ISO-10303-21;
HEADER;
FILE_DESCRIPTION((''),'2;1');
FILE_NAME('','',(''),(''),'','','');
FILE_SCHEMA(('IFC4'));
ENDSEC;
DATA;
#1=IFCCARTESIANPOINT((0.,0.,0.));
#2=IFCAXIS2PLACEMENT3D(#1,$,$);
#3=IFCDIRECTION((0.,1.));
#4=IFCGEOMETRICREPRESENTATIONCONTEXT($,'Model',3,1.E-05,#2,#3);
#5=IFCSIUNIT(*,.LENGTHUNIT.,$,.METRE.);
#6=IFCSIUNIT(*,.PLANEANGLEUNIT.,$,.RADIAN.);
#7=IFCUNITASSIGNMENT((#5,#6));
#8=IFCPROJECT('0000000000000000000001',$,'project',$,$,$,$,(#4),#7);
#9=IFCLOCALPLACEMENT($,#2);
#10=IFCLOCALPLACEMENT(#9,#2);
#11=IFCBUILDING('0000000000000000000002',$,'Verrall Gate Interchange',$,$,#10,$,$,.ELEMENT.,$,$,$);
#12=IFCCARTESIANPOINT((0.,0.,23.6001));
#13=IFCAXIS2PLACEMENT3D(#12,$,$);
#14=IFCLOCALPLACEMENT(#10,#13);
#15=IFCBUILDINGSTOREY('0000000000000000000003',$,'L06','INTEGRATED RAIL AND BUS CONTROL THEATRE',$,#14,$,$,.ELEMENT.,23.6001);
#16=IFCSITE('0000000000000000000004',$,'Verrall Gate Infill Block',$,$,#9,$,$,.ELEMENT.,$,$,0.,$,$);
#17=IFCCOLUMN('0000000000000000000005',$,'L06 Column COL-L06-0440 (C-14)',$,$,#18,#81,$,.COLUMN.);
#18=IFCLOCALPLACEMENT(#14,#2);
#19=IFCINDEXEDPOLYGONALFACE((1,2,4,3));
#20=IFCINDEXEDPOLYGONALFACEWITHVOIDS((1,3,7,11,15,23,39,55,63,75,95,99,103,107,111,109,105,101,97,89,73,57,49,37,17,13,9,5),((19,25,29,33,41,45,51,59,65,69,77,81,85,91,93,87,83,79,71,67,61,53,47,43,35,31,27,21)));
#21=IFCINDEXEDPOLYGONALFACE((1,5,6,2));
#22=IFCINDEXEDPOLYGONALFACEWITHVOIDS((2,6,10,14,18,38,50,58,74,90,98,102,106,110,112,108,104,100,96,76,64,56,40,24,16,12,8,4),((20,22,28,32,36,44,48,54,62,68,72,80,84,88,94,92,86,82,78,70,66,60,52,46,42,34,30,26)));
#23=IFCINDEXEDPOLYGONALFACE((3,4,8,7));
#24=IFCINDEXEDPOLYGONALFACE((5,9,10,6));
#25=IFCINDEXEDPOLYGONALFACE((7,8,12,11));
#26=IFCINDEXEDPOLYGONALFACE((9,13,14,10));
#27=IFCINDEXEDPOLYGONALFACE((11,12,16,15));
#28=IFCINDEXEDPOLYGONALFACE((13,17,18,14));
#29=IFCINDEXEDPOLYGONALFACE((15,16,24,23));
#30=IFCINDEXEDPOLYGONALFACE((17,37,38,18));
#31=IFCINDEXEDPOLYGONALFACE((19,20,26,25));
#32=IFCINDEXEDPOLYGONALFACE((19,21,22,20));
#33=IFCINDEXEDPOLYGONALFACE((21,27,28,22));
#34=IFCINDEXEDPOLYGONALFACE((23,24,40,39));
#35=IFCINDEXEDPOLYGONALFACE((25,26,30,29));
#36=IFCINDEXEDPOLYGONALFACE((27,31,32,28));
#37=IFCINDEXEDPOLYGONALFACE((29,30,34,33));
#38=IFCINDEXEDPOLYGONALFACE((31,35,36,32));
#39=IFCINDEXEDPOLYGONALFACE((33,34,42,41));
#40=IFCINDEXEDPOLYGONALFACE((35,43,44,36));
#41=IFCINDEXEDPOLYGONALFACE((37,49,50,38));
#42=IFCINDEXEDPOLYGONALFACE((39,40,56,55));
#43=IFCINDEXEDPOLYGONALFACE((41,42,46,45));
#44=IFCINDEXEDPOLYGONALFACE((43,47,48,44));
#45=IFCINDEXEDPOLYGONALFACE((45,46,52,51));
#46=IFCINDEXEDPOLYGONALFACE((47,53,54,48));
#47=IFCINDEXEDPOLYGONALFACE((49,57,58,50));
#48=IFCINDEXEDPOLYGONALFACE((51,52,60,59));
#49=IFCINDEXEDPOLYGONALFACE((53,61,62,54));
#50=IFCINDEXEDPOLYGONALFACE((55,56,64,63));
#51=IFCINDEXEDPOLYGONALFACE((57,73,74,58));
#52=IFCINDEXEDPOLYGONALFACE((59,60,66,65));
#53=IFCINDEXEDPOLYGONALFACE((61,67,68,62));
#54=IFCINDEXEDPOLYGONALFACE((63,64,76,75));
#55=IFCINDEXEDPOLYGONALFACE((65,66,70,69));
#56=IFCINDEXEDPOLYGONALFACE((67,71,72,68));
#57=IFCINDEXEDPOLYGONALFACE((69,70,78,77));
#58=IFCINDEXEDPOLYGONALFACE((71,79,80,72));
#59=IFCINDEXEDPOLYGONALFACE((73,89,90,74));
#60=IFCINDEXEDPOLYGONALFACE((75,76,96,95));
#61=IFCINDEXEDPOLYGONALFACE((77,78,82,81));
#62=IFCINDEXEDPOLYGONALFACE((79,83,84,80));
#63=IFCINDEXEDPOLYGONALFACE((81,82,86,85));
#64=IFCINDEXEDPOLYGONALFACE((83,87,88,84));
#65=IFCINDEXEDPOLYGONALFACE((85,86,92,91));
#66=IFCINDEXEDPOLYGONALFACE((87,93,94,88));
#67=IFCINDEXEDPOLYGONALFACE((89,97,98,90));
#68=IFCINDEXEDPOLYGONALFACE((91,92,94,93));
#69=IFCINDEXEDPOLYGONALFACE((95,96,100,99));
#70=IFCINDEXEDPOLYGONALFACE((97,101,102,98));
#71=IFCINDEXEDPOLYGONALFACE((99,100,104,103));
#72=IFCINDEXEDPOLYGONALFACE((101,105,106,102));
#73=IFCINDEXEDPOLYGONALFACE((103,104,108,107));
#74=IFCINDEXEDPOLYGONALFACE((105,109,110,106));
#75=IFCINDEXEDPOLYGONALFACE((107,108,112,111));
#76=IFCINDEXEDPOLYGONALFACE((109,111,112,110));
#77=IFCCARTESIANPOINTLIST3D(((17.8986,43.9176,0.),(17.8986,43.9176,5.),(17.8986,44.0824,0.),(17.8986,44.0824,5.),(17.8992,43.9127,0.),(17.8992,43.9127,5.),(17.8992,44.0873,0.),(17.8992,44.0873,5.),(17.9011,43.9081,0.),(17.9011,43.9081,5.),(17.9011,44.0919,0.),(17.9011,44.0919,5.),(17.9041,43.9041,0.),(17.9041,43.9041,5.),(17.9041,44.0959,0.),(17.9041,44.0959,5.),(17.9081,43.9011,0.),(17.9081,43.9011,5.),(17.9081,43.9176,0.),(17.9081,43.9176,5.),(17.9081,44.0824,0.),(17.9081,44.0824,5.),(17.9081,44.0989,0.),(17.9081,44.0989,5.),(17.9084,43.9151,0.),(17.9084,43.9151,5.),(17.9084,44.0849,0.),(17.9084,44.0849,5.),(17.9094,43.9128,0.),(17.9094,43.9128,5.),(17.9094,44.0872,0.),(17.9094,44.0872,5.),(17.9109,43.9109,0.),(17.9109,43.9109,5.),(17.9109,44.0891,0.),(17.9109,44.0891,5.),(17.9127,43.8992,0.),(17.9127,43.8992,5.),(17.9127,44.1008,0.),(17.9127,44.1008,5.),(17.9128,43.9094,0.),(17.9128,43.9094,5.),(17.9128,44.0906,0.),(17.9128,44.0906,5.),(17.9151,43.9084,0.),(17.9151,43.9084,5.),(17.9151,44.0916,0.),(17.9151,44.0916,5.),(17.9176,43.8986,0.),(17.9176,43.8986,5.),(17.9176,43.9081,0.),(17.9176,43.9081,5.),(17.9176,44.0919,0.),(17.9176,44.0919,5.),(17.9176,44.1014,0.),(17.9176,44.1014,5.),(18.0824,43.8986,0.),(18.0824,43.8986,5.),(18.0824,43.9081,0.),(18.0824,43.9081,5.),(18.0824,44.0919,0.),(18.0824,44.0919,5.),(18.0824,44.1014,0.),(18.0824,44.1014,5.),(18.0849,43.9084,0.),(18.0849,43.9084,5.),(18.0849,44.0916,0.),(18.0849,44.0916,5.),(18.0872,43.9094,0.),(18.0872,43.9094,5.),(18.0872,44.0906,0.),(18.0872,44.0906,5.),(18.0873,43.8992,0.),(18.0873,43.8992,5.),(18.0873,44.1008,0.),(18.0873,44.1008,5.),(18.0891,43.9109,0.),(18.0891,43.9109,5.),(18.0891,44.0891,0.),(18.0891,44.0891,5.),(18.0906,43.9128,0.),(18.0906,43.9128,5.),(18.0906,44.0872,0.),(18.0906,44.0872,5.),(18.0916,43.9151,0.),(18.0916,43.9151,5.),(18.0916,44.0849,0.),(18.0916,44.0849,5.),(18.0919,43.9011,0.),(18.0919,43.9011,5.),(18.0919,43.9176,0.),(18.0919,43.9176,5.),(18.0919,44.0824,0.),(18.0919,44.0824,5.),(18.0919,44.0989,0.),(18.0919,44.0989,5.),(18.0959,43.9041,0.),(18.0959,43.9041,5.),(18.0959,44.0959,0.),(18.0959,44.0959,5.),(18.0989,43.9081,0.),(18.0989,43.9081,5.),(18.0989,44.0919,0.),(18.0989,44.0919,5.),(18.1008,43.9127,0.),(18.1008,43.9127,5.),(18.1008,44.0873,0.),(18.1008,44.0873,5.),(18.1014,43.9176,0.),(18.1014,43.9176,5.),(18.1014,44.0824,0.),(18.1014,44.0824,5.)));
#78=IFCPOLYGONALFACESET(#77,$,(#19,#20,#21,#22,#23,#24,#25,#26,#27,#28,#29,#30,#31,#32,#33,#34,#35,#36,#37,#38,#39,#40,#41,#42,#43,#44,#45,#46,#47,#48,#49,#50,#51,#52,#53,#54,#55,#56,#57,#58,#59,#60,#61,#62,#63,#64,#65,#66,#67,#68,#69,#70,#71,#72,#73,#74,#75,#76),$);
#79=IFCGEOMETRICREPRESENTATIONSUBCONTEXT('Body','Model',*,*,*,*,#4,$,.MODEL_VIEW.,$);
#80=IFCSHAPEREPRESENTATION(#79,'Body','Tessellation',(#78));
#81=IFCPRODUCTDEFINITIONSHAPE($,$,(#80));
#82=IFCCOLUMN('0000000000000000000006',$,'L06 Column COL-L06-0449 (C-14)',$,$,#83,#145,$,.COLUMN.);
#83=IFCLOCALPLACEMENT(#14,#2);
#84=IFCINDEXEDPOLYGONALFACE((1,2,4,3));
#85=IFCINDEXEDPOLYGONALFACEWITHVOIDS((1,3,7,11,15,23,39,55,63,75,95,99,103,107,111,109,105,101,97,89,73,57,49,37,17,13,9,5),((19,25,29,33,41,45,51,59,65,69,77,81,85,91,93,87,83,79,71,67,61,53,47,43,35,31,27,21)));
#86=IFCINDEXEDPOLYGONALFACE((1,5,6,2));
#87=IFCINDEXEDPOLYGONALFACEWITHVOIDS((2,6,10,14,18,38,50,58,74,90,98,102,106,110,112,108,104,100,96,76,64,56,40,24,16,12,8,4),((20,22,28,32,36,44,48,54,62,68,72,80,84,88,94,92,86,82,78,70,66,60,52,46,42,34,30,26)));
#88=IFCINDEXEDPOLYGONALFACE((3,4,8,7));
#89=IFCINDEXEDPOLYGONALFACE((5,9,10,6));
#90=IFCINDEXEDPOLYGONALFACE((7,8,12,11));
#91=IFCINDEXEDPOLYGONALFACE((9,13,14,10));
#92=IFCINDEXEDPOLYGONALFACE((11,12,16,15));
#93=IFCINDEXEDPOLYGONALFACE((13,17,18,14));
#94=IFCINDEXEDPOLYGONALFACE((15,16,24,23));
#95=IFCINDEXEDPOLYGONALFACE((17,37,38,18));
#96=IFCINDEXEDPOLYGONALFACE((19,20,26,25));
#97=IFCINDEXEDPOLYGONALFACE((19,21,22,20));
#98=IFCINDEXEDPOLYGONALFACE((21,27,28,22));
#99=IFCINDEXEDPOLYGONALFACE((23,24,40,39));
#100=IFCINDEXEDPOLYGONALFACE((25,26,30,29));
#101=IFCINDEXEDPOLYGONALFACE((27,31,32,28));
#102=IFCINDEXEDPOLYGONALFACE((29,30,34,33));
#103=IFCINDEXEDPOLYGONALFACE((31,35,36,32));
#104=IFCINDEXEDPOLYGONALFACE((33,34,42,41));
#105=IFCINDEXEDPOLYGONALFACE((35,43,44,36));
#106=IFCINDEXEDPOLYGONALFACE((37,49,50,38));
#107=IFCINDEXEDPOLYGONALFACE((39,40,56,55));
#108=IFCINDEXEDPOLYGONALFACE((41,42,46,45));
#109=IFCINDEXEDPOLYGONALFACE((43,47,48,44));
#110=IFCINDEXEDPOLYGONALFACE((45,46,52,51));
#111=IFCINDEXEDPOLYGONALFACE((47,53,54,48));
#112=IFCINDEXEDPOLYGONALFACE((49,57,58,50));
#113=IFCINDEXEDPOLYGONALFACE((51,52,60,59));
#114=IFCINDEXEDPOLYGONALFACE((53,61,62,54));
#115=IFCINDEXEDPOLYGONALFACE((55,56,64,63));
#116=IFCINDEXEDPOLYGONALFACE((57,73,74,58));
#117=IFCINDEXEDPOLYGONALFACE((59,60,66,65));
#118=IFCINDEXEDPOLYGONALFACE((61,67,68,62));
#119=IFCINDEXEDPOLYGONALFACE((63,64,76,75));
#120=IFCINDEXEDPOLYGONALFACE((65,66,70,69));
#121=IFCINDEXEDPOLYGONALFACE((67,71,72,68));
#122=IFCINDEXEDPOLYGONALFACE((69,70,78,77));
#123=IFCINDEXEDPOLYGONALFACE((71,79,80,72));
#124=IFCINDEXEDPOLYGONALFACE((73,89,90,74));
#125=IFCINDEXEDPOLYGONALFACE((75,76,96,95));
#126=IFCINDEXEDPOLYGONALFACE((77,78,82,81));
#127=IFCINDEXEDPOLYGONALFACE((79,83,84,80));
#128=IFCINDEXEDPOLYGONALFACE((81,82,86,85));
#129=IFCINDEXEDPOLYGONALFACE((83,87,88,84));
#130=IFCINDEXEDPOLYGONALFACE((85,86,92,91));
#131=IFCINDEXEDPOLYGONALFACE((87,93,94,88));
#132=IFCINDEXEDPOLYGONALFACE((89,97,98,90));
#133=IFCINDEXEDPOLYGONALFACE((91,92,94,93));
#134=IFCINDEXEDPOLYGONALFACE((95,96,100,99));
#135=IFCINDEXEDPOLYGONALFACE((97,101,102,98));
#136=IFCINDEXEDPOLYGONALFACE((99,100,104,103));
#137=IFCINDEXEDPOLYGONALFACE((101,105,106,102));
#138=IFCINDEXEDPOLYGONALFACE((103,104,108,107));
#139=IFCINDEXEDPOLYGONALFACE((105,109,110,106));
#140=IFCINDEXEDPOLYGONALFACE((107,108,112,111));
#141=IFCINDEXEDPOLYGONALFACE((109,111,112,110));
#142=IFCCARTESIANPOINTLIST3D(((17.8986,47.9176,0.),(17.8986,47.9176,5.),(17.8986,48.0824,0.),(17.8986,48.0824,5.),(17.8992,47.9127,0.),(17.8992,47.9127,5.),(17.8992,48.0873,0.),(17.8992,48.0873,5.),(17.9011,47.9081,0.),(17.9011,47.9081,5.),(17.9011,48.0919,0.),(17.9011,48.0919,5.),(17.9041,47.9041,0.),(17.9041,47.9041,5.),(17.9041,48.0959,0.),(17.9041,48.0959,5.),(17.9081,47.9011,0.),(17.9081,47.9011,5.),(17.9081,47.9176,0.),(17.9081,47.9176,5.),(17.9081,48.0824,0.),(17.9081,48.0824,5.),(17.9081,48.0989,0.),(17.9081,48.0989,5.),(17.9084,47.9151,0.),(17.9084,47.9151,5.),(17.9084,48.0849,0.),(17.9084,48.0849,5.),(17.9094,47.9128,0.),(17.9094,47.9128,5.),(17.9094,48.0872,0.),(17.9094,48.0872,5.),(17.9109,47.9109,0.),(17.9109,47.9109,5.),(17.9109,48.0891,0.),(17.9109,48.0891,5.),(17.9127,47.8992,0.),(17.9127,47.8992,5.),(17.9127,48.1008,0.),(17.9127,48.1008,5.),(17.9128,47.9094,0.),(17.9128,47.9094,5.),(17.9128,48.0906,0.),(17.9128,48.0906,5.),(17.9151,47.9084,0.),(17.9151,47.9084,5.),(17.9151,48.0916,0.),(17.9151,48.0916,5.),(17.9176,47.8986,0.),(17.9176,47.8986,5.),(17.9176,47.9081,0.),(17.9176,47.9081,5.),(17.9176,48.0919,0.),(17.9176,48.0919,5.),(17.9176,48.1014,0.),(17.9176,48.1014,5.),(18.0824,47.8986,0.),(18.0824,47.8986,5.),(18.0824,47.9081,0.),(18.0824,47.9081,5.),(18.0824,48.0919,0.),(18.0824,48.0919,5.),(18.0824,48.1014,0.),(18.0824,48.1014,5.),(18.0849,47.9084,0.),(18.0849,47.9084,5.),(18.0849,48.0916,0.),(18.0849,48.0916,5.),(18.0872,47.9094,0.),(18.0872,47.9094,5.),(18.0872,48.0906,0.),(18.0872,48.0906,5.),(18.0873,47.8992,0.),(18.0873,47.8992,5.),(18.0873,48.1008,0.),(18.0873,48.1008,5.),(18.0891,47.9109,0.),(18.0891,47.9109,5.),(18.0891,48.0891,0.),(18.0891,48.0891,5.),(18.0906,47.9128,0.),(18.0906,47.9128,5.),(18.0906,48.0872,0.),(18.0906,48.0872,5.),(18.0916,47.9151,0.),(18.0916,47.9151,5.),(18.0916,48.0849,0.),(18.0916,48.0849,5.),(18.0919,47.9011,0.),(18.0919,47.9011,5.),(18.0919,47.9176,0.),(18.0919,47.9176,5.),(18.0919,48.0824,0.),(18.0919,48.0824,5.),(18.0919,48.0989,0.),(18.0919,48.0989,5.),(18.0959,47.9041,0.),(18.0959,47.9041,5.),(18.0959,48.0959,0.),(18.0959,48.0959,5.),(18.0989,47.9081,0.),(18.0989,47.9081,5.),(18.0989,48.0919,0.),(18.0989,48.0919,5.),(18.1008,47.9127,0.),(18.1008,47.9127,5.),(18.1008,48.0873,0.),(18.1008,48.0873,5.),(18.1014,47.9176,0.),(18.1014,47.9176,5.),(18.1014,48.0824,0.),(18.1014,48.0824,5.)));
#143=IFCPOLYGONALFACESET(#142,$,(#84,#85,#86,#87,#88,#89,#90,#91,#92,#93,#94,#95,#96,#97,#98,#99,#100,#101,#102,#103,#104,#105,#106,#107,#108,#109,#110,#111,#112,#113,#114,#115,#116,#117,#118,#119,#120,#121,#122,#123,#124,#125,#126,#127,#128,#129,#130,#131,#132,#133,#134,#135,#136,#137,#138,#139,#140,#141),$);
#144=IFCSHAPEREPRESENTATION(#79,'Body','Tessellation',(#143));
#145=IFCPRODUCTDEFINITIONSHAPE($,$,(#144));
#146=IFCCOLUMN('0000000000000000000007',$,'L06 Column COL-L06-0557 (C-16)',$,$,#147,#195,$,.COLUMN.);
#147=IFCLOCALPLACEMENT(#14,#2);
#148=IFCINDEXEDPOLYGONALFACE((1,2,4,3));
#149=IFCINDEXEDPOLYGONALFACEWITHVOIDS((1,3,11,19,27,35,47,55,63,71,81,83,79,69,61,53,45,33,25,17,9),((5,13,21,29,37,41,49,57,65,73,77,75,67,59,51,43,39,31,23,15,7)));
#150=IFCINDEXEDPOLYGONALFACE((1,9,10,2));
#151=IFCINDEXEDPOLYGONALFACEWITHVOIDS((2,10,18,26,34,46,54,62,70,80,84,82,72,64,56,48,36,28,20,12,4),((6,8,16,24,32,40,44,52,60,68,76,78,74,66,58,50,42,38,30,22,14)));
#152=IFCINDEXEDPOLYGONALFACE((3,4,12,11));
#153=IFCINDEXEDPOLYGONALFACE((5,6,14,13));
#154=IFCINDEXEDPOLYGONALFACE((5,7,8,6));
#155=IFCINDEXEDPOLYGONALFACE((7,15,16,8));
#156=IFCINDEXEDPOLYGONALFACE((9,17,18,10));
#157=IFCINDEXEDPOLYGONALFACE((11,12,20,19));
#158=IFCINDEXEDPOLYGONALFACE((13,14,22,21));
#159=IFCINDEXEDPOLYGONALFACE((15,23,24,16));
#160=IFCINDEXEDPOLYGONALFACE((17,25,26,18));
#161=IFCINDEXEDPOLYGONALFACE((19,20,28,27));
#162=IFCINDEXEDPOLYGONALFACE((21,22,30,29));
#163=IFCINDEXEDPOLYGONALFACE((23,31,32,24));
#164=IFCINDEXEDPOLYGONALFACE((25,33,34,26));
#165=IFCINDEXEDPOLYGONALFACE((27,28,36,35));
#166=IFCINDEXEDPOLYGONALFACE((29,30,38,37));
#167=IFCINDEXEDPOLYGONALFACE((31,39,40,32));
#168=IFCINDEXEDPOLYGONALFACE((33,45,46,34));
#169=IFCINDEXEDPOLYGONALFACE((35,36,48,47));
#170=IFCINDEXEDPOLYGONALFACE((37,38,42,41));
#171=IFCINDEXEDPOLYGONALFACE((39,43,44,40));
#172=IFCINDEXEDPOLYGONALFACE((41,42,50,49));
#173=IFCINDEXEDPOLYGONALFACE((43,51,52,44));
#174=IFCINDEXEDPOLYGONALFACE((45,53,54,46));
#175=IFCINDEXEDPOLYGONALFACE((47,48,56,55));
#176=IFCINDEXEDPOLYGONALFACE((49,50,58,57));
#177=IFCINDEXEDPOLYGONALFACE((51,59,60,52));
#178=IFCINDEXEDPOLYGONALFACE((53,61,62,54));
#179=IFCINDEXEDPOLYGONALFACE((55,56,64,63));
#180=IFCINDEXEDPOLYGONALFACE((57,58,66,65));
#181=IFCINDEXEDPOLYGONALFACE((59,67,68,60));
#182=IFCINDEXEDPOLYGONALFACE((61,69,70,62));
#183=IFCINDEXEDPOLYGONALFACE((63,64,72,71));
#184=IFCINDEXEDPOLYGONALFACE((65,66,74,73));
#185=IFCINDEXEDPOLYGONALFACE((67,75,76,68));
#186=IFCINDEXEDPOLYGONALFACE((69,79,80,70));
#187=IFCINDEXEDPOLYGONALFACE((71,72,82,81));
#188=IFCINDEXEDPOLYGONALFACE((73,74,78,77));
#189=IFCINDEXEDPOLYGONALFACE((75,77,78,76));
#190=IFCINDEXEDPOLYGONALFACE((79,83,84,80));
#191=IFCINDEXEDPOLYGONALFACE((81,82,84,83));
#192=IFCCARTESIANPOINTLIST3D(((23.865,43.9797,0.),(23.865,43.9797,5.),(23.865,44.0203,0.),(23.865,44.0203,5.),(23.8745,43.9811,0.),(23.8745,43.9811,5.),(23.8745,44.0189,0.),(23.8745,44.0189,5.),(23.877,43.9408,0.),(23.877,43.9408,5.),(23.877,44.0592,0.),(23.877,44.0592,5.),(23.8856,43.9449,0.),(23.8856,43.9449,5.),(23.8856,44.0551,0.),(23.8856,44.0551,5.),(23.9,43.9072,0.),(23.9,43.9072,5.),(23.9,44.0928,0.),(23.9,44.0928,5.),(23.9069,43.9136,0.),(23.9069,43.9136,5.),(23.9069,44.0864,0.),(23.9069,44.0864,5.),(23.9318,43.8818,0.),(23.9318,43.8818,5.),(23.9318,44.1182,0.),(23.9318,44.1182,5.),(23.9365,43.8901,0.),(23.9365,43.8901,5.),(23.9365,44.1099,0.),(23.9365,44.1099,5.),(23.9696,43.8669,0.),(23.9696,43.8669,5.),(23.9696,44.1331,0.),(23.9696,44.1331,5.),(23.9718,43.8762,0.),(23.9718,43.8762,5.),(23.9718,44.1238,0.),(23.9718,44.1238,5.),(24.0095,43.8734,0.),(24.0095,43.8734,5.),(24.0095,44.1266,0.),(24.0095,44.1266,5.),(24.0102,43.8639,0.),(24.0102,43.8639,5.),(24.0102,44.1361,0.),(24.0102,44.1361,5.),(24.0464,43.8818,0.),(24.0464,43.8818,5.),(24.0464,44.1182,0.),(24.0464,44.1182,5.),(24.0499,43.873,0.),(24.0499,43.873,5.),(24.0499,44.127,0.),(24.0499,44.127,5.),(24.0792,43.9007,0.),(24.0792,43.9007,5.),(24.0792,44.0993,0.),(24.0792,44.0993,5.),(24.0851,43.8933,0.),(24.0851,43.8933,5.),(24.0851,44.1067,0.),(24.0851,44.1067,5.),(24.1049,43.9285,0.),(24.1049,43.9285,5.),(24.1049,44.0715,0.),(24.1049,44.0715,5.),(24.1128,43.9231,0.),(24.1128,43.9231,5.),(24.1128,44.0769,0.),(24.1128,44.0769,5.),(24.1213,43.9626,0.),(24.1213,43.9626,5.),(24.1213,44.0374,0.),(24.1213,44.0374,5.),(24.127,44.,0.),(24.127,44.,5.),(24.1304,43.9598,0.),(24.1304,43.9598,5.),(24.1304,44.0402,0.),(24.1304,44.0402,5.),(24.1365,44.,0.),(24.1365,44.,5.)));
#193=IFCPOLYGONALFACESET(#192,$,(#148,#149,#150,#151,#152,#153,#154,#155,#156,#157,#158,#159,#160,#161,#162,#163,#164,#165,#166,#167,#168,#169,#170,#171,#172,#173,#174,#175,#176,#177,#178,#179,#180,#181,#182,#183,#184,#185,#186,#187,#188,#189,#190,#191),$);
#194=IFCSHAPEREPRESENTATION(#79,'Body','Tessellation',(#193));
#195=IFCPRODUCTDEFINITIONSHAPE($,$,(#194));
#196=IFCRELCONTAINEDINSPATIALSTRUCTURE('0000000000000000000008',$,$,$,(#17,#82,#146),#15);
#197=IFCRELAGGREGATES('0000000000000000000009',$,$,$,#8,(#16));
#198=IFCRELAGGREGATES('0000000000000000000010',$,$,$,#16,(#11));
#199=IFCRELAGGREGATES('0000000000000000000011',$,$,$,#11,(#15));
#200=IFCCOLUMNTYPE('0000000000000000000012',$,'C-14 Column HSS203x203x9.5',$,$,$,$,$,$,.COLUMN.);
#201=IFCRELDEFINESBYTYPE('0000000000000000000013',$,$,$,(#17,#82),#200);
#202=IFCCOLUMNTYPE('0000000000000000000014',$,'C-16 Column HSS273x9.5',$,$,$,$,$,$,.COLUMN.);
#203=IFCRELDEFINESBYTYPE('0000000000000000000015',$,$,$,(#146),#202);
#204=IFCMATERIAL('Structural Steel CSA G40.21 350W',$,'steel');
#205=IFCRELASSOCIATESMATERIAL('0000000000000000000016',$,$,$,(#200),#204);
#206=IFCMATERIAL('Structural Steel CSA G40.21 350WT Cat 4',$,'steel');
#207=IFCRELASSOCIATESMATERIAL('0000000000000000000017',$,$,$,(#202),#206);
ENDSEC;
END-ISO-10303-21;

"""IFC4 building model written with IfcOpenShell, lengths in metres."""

from ifc_helpers import new_model, si_unit, direction, frame, origin, origin_2d, place, context, subcontext, project, spatial, hollow_rectangle, hollow_circle, extrude, material, material_profile, profile_set, type_object, element, save


model = new_model("IFC4")

# Units and contexts
model_context = context("Model", 3, precision=1e-05, world=origin(), true_north=direction((0.0, 1.0)))
body_context = subcontext(model_context, "Body", "Model", "MODEL_VIEW")
ifc_project = project(units=[si_unit("LENGTHUNIT", "METRE"), si_unit("PLANEANGLEUNIT", "RADIAN")], contexts=[model_context])

# Site, building, storey
site_placement = place(None, origin())
site = spatial("IfcSite", under=ifc_project, at=site_placement, Name="Verrall Gate Infill Block", CompositionType="ELEMENT", RefElevation=0.0)
building_placement = place(site_placement, origin())
building = spatial("IfcBuilding", under=site, at=building_placement, Name="Verrall Gate Interchange", CompositionType="ELEMENT")
storey_placement = place(building_placement, frame((0.0, 0.0, 23.6001)))
storey = spatial("IfcBuildingStorey", under=building, at=storey_placement, Name="L06", Description="INTEGRATED RAIL AND BUS CONTROL THEATRE", CompositionType="ELEMENT", Elevation=23.6001)

# Columns
ifc_material_1 = material(Name="Structural Steel CSA G40.21 350W", Category="steel")
ifc_material_profile_1 = material_profile(ifc_material_1, hollow_rectangle(XDim=0.2029, YDim=0.2029, WallThickness=0.0095, InnerFilletRadius=0.0095, OuterFilletRadius=0.019, at=origin_2d()), Name="HSS203x203x9.5")
ifc_profile_set_1 = profile_set([ifc_material_profile_1], Name="Structural Steel CSA G40.21 350W")
column_type_1 = type_object("IfcColumnType", Name="C-14 Column HSS203x203x9.5", PredefinedType="COLUMN", material=ifc_profile_set_1)
for number, where, z_axis, x_axis, name in (
    (1, (18.0, 44.0, 0.0), (0.0, 0.0, 1.0), (1.0, 0.0, 0.0), "L06 Column COL-L06-0440 (C-14)"),
    (2, (18.0, 48.0, 0.0), (0.0, 0.0, 1.0), (1.0, 0.0, 0.0), "L06 Column COL-L06-0449 (C-14)"),
):
    element("IfcColumn", number, at=place(storey_placement, frame(where, z_axis=z_axis, x_axis=x_axis)), inside=storey, type_object=column_type_1, Name=name, PredefinedType="COLUMN", context=body_context, shape_type="SweptSolid", body=[
        extrude(hollow_rectangle(XDim=0.2029, YDim=0.2029, WallThickness=0.0095, InnerFilletRadius=0.0095, OuterFilletRadius=0.019, at=origin_2d()), origin(), (0.0, 0.0, 1.0), 5.0),
    ])
ifc_material_2 = material(Name="Structural Steel CSA G40.21 350WT Cat 4", Category="steel")
ifc_material_profile_2 = material_profile(ifc_material_2, hollow_circle(Radius=0.1365, WallThickness=0.0095, at=origin_2d()), Name="HSS273x9.5")
ifc_profile_set_2 = profile_set([ifc_material_profile_2], Name="Structural Steel CSA G40.21 350WT Cat 4")
column_type_2 = type_object("IfcColumnType", Name="C-16 Column HSS273x9.5", PredefinedType="COLUMN", material=ifc_profile_set_2)
column_placement = place(storey_placement, frame((24.0, 44.0, 0.0), z_axis=(0.0, 0.0, 1.0), x_axis=(1.0, 0.0, 0.0)))
element("IfcColumn", 3, at=column_placement, inside=storey, type_object=column_type_2, Name="L06 Column COL-L06-0557 (C-16)", PredefinedType="COLUMN", context=body_context, shape_type="SweptSolid", body=[
    extrude(hollow_circle(Radius=0.1365, WallThickness=0.0095, at=origin_2d()), origin(), (0.0, 0.0, 1.0), 5.0),
])

save(model, "model.ifc")
